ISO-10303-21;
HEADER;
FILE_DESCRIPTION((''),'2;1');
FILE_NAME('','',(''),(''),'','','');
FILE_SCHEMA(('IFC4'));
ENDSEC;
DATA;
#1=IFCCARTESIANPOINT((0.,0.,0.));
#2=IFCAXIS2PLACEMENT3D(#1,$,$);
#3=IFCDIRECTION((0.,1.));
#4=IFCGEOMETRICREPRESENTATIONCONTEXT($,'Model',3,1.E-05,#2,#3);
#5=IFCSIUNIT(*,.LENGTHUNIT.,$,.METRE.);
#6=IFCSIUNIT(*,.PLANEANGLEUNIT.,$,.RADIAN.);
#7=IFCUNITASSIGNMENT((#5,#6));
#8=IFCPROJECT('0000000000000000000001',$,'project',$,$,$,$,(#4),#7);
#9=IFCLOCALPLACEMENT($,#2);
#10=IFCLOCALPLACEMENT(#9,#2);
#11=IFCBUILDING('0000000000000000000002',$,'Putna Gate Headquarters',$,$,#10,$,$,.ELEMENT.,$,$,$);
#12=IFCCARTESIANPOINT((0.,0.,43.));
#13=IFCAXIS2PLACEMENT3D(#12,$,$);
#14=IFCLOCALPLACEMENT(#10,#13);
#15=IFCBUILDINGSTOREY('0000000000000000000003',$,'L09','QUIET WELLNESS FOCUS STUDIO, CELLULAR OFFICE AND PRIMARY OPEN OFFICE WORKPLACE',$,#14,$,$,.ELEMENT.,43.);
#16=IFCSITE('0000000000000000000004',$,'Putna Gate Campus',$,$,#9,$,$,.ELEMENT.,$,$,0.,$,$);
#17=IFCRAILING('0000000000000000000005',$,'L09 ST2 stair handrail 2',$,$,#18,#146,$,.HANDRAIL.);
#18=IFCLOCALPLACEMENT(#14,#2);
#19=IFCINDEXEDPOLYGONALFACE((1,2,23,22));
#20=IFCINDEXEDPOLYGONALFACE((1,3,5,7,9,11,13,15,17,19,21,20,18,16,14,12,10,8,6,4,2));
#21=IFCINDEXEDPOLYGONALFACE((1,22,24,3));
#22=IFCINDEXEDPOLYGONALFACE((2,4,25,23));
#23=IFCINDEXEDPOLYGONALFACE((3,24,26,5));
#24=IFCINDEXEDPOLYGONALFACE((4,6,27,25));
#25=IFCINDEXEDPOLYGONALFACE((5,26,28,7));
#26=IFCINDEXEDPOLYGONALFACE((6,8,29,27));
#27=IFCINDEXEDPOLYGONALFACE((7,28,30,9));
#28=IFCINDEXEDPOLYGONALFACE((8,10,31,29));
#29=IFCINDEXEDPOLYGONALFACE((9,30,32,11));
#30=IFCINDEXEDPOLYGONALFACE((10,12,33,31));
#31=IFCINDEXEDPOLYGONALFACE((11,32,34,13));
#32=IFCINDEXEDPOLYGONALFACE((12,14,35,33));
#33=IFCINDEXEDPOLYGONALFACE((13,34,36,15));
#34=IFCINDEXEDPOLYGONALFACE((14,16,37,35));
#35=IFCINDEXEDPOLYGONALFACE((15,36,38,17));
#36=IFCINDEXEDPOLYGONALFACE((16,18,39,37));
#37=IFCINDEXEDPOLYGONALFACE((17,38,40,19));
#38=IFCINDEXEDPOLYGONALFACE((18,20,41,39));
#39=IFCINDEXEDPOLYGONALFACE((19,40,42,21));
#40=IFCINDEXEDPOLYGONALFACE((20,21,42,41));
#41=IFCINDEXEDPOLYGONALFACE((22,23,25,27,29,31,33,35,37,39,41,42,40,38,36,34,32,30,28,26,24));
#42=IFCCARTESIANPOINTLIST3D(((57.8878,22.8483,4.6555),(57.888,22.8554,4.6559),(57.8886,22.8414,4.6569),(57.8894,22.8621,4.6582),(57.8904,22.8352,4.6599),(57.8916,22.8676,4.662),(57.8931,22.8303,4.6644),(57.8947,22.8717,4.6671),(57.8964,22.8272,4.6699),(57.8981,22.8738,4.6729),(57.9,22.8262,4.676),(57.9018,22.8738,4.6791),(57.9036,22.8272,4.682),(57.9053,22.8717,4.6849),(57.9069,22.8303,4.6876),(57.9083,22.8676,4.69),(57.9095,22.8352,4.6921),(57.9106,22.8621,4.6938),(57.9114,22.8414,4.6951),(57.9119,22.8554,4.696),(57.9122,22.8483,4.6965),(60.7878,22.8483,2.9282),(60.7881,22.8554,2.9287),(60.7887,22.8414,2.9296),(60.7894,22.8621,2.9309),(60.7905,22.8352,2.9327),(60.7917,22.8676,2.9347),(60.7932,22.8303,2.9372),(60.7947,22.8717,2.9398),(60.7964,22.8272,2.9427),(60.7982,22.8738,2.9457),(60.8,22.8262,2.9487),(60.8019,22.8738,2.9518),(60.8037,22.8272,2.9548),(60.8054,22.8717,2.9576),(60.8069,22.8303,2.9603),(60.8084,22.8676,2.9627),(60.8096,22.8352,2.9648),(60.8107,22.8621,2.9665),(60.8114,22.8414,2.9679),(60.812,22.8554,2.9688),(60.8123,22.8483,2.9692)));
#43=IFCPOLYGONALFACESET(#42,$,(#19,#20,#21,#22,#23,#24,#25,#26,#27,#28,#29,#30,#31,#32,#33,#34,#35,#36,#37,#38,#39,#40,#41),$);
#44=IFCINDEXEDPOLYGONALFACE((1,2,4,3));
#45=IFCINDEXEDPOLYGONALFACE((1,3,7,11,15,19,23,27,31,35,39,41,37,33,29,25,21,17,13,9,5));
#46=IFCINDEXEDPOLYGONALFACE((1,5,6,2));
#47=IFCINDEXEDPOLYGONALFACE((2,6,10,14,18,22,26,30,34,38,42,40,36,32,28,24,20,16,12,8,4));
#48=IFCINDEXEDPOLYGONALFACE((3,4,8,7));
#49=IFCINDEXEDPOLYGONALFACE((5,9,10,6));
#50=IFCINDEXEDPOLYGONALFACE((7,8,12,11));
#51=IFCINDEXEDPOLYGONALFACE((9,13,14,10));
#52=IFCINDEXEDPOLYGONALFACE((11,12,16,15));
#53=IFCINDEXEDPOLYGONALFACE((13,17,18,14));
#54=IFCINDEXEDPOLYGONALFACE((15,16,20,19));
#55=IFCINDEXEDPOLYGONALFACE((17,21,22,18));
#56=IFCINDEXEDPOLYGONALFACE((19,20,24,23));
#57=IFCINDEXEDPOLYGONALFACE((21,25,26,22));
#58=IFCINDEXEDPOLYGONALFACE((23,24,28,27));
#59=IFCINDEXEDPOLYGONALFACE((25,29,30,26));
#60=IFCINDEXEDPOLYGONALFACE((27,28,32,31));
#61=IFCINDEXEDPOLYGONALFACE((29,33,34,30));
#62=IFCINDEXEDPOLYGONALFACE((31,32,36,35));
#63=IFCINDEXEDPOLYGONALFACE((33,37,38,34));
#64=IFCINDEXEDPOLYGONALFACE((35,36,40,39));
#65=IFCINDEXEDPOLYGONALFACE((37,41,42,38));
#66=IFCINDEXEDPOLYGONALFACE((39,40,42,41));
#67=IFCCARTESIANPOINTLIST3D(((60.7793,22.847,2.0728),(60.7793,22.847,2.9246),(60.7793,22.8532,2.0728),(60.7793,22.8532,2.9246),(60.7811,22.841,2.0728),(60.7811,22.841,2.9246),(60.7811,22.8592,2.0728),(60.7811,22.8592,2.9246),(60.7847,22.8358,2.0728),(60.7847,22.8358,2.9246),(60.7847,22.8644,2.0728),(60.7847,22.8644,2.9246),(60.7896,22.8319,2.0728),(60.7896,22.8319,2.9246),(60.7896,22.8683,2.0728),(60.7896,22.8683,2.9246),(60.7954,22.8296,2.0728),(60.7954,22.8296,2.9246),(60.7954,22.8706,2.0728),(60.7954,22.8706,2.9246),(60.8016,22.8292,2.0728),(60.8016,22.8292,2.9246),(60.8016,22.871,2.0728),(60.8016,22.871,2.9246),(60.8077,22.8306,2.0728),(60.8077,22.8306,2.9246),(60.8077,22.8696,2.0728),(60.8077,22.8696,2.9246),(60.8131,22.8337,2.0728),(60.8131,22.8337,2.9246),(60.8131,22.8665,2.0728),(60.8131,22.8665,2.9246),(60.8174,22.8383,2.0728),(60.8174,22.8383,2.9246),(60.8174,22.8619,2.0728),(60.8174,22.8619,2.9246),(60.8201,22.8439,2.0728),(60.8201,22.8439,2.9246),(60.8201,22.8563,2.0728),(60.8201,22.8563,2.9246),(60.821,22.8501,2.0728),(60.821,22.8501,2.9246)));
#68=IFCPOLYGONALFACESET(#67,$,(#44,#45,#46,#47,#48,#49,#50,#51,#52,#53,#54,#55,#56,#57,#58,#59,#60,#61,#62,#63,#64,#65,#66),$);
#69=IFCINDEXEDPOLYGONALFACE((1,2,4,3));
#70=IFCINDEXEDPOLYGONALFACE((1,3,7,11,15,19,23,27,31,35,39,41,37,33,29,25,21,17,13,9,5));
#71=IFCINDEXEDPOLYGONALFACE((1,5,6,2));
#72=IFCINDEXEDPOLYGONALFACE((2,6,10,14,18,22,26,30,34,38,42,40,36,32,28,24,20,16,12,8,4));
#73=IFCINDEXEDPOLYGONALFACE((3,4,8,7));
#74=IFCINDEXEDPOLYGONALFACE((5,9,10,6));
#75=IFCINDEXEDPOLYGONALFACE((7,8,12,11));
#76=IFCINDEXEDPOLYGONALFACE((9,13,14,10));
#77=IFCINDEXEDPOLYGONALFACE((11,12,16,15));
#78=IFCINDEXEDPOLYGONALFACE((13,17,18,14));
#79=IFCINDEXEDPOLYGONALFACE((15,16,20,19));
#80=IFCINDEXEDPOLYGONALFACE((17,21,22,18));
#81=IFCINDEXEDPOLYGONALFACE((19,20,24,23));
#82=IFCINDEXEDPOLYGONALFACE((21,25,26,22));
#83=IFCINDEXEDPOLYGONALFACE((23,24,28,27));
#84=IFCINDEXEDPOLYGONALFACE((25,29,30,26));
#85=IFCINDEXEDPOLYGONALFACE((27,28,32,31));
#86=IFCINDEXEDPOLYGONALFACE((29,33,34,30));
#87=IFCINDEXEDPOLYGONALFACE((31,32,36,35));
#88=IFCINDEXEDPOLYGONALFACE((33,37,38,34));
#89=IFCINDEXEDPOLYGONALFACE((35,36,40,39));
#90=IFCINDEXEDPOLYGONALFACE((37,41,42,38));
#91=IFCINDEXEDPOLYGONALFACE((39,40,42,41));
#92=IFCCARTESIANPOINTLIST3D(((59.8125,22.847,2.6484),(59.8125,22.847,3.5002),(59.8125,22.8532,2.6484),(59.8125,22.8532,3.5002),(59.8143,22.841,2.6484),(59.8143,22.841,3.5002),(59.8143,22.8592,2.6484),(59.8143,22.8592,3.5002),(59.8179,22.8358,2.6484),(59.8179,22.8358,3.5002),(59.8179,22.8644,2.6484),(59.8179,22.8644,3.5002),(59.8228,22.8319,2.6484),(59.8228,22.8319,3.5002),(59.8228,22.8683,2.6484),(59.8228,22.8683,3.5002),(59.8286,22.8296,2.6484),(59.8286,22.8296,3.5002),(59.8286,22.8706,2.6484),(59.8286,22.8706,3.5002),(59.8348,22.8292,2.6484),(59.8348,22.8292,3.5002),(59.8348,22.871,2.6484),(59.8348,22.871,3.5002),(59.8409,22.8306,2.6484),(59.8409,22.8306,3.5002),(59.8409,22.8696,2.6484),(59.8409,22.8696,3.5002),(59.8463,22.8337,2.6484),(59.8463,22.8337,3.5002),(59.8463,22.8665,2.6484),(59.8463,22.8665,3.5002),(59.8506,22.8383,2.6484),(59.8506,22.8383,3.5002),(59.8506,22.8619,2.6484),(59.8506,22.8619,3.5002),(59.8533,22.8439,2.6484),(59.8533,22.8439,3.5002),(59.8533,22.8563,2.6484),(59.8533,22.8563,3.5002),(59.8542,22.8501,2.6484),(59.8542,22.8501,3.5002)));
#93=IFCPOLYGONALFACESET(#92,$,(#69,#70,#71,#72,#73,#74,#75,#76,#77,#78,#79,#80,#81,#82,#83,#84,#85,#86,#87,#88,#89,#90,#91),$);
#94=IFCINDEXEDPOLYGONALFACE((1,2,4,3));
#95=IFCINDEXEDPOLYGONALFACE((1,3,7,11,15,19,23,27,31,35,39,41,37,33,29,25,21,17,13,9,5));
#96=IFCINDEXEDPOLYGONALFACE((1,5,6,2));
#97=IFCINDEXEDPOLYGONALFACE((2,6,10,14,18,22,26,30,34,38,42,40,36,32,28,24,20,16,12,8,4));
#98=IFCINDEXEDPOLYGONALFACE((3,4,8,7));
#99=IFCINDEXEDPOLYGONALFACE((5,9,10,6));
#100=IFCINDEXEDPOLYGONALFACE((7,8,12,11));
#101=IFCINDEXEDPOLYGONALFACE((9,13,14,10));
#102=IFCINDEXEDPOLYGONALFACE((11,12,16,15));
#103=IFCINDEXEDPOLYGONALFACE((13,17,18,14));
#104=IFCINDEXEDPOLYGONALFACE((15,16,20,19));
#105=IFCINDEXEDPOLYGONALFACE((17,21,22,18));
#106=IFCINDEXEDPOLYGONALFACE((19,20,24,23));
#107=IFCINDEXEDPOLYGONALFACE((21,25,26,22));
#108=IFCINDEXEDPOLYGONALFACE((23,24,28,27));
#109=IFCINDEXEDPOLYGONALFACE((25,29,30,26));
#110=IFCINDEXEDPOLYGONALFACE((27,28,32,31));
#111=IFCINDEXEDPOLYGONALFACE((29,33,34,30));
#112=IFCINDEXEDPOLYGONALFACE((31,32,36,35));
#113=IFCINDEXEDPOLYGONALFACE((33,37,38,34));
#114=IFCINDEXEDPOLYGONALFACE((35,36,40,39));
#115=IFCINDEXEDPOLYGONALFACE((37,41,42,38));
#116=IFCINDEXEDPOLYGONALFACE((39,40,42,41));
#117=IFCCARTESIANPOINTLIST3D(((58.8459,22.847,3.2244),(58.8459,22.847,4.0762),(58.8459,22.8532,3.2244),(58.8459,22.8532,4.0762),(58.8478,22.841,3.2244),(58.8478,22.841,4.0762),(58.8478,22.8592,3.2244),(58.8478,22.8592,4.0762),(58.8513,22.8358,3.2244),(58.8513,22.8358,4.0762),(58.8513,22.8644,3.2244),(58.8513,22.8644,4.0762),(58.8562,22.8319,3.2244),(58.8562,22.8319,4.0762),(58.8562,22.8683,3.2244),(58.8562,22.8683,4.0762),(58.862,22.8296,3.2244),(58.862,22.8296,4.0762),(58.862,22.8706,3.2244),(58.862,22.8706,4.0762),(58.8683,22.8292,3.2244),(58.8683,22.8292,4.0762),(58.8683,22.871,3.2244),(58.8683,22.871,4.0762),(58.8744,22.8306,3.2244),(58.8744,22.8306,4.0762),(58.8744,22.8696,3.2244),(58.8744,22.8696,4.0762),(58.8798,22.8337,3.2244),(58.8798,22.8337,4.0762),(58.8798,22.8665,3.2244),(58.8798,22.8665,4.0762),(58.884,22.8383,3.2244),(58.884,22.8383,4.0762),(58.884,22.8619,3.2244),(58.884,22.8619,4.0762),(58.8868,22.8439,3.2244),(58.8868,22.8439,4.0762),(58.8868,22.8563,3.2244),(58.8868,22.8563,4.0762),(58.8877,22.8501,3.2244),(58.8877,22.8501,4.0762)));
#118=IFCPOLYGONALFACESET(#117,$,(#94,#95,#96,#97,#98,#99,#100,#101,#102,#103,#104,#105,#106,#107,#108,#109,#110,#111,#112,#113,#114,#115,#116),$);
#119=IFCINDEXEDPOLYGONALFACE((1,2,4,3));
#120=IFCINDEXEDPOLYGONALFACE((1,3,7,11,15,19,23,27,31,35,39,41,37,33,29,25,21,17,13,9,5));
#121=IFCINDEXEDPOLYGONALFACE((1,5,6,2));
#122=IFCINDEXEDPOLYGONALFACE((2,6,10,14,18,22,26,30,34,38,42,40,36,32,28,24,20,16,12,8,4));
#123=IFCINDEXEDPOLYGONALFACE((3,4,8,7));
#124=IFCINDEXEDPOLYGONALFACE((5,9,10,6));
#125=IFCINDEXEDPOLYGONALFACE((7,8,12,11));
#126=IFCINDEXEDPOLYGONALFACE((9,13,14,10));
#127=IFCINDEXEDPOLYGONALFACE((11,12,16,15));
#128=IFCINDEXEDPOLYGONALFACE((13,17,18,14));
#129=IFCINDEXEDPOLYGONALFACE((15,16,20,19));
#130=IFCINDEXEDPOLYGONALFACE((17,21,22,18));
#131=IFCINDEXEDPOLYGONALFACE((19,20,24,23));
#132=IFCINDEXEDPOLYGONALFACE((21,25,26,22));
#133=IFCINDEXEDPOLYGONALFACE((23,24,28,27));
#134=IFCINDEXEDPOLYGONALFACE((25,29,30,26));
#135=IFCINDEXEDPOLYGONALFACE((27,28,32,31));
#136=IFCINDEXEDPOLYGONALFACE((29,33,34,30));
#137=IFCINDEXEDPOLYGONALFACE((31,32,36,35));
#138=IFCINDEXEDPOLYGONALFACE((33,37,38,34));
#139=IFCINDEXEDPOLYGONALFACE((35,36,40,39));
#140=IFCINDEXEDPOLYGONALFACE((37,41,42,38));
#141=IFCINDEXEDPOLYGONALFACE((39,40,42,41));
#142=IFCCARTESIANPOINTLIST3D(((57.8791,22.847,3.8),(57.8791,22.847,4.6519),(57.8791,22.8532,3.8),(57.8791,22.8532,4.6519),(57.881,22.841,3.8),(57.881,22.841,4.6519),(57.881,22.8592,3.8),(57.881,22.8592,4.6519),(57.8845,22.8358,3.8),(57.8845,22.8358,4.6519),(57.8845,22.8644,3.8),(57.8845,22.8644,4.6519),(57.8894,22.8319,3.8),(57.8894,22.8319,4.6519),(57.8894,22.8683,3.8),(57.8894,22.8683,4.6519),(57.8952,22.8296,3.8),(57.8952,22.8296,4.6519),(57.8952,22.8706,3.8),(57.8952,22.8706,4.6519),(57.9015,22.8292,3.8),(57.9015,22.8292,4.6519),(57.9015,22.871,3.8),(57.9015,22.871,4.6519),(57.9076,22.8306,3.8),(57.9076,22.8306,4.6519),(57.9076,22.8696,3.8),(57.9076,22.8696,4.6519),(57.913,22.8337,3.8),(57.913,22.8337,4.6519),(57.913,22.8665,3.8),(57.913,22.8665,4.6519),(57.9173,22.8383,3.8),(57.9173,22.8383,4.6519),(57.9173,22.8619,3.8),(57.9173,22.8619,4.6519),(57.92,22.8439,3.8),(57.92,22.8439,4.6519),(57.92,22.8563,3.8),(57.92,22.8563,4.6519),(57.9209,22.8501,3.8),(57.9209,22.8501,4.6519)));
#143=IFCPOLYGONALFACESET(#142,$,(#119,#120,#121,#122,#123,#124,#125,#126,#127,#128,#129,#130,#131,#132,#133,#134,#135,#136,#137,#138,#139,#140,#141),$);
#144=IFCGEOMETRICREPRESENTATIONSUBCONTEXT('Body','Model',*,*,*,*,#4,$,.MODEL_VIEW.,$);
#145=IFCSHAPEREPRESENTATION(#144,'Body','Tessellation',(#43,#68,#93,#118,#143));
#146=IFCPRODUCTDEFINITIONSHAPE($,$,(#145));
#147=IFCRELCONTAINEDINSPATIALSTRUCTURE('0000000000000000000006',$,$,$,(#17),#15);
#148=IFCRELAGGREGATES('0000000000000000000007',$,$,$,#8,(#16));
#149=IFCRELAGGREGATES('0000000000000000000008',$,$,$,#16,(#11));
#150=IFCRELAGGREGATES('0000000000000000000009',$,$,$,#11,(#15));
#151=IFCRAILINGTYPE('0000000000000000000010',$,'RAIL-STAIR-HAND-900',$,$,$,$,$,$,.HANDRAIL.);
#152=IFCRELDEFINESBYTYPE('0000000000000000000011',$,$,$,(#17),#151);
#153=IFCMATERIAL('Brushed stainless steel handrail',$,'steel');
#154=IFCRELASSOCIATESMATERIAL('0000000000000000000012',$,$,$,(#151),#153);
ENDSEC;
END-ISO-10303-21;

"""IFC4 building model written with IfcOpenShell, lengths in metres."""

from ifc_helpers import new_model, si_unit, direction, frame, origin, origin_2d, place, context, subcontext, project, spatial, circle, extrude, material, type_object, element, save


model = new_model("IFC4")

# Units and contexts
model_context = context("Model", 3, precision=1e-05, world=origin(), true_north=direction((0.0, 1.0)))
body_context = subcontext(model_context, "Body", "Model", "MODEL_VIEW")
ifc_project = project(units=[si_unit("LENGTHUNIT", "METRE"), si_unit("PLANEANGLEUNIT", "RADIAN")], contexts=[model_context])

# Site, building, storey
site_placement = place(None, origin())
site = spatial("IfcSite", under=ifc_project, at=site_placement, Name="Putna Gate Campus", CompositionType="ELEMENT", RefElevation=0.0)
building_placement = place(site_placement, origin())
building = spatial("IfcBuilding", under=site, at=building_placement, Name="Putna Gate Headquarters", CompositionType="ELEMENT")
storey_placement = place(building_placement, frame((0.0, 0.0, 43.0)))
storey = spatial("IfcBuildingStorey", under=building, at=storey_placement, Name="L09", Description="QUIET WELLNESS FOCUS STUDIO, CELLULAR OFFICE AND PRIMARY OPEN OFFICE WORKPLACE", CompositionType="ELEMENT", Elevation=43.0)

# Railing
ifc_material_1 = material(Name="Brushed stainless steel handrail", Category="steel")
railing_type = type_object("IfcRailingType", Name="RAIL-STAIR-HAND-900", PredefinedType="HANDRAIL", material=ifc_material_1)
railing_placement = place(storey_placement, frame((60.8, 22.8501, 2.0728)))
element("IfcRailing", 1, at=railing_placement, inside=storey, type_object=railing_type, Name="L09 ST2 stair handrail 2", PredefinedType="HANDRAIL", context=body_context, shape_type="SweptSolid", body=[
    extrude(circle(Radius=0.0239, at=origin_2d()), frame((0.0, 0.0, 0.876), z_axis=(-0.85916, 0.0, 0.511706), x_axis=(0.0, -1.0, 0.0)), (0.0, 0.0, 1.0), 3.3755),
    extrude(circle(Radius=0.021, at=origin_2d()), origin(), (0.0, 0.0, 1.0), 0.8518),
    extrude(circle(Radius=0.021, at=origin_2d()), frame((-0.9668, 0.0, 0.5757)), (0.0, 0.0, 1.0), 0.8518),
    extrude(circle(Radius=0.021, at=origin_2d()), frame((-1.9333, 0.0, 1.1516)), (0.0, 0.0, 1.0), 0.8518),
    extrude(circle(Radius=0.021, at=origin_2d()), frame((-2.9001, 0.0, 1.7273)), (0.0, 0.0, 1.0), 0.8518),
])

save(model, "model.ifc")
